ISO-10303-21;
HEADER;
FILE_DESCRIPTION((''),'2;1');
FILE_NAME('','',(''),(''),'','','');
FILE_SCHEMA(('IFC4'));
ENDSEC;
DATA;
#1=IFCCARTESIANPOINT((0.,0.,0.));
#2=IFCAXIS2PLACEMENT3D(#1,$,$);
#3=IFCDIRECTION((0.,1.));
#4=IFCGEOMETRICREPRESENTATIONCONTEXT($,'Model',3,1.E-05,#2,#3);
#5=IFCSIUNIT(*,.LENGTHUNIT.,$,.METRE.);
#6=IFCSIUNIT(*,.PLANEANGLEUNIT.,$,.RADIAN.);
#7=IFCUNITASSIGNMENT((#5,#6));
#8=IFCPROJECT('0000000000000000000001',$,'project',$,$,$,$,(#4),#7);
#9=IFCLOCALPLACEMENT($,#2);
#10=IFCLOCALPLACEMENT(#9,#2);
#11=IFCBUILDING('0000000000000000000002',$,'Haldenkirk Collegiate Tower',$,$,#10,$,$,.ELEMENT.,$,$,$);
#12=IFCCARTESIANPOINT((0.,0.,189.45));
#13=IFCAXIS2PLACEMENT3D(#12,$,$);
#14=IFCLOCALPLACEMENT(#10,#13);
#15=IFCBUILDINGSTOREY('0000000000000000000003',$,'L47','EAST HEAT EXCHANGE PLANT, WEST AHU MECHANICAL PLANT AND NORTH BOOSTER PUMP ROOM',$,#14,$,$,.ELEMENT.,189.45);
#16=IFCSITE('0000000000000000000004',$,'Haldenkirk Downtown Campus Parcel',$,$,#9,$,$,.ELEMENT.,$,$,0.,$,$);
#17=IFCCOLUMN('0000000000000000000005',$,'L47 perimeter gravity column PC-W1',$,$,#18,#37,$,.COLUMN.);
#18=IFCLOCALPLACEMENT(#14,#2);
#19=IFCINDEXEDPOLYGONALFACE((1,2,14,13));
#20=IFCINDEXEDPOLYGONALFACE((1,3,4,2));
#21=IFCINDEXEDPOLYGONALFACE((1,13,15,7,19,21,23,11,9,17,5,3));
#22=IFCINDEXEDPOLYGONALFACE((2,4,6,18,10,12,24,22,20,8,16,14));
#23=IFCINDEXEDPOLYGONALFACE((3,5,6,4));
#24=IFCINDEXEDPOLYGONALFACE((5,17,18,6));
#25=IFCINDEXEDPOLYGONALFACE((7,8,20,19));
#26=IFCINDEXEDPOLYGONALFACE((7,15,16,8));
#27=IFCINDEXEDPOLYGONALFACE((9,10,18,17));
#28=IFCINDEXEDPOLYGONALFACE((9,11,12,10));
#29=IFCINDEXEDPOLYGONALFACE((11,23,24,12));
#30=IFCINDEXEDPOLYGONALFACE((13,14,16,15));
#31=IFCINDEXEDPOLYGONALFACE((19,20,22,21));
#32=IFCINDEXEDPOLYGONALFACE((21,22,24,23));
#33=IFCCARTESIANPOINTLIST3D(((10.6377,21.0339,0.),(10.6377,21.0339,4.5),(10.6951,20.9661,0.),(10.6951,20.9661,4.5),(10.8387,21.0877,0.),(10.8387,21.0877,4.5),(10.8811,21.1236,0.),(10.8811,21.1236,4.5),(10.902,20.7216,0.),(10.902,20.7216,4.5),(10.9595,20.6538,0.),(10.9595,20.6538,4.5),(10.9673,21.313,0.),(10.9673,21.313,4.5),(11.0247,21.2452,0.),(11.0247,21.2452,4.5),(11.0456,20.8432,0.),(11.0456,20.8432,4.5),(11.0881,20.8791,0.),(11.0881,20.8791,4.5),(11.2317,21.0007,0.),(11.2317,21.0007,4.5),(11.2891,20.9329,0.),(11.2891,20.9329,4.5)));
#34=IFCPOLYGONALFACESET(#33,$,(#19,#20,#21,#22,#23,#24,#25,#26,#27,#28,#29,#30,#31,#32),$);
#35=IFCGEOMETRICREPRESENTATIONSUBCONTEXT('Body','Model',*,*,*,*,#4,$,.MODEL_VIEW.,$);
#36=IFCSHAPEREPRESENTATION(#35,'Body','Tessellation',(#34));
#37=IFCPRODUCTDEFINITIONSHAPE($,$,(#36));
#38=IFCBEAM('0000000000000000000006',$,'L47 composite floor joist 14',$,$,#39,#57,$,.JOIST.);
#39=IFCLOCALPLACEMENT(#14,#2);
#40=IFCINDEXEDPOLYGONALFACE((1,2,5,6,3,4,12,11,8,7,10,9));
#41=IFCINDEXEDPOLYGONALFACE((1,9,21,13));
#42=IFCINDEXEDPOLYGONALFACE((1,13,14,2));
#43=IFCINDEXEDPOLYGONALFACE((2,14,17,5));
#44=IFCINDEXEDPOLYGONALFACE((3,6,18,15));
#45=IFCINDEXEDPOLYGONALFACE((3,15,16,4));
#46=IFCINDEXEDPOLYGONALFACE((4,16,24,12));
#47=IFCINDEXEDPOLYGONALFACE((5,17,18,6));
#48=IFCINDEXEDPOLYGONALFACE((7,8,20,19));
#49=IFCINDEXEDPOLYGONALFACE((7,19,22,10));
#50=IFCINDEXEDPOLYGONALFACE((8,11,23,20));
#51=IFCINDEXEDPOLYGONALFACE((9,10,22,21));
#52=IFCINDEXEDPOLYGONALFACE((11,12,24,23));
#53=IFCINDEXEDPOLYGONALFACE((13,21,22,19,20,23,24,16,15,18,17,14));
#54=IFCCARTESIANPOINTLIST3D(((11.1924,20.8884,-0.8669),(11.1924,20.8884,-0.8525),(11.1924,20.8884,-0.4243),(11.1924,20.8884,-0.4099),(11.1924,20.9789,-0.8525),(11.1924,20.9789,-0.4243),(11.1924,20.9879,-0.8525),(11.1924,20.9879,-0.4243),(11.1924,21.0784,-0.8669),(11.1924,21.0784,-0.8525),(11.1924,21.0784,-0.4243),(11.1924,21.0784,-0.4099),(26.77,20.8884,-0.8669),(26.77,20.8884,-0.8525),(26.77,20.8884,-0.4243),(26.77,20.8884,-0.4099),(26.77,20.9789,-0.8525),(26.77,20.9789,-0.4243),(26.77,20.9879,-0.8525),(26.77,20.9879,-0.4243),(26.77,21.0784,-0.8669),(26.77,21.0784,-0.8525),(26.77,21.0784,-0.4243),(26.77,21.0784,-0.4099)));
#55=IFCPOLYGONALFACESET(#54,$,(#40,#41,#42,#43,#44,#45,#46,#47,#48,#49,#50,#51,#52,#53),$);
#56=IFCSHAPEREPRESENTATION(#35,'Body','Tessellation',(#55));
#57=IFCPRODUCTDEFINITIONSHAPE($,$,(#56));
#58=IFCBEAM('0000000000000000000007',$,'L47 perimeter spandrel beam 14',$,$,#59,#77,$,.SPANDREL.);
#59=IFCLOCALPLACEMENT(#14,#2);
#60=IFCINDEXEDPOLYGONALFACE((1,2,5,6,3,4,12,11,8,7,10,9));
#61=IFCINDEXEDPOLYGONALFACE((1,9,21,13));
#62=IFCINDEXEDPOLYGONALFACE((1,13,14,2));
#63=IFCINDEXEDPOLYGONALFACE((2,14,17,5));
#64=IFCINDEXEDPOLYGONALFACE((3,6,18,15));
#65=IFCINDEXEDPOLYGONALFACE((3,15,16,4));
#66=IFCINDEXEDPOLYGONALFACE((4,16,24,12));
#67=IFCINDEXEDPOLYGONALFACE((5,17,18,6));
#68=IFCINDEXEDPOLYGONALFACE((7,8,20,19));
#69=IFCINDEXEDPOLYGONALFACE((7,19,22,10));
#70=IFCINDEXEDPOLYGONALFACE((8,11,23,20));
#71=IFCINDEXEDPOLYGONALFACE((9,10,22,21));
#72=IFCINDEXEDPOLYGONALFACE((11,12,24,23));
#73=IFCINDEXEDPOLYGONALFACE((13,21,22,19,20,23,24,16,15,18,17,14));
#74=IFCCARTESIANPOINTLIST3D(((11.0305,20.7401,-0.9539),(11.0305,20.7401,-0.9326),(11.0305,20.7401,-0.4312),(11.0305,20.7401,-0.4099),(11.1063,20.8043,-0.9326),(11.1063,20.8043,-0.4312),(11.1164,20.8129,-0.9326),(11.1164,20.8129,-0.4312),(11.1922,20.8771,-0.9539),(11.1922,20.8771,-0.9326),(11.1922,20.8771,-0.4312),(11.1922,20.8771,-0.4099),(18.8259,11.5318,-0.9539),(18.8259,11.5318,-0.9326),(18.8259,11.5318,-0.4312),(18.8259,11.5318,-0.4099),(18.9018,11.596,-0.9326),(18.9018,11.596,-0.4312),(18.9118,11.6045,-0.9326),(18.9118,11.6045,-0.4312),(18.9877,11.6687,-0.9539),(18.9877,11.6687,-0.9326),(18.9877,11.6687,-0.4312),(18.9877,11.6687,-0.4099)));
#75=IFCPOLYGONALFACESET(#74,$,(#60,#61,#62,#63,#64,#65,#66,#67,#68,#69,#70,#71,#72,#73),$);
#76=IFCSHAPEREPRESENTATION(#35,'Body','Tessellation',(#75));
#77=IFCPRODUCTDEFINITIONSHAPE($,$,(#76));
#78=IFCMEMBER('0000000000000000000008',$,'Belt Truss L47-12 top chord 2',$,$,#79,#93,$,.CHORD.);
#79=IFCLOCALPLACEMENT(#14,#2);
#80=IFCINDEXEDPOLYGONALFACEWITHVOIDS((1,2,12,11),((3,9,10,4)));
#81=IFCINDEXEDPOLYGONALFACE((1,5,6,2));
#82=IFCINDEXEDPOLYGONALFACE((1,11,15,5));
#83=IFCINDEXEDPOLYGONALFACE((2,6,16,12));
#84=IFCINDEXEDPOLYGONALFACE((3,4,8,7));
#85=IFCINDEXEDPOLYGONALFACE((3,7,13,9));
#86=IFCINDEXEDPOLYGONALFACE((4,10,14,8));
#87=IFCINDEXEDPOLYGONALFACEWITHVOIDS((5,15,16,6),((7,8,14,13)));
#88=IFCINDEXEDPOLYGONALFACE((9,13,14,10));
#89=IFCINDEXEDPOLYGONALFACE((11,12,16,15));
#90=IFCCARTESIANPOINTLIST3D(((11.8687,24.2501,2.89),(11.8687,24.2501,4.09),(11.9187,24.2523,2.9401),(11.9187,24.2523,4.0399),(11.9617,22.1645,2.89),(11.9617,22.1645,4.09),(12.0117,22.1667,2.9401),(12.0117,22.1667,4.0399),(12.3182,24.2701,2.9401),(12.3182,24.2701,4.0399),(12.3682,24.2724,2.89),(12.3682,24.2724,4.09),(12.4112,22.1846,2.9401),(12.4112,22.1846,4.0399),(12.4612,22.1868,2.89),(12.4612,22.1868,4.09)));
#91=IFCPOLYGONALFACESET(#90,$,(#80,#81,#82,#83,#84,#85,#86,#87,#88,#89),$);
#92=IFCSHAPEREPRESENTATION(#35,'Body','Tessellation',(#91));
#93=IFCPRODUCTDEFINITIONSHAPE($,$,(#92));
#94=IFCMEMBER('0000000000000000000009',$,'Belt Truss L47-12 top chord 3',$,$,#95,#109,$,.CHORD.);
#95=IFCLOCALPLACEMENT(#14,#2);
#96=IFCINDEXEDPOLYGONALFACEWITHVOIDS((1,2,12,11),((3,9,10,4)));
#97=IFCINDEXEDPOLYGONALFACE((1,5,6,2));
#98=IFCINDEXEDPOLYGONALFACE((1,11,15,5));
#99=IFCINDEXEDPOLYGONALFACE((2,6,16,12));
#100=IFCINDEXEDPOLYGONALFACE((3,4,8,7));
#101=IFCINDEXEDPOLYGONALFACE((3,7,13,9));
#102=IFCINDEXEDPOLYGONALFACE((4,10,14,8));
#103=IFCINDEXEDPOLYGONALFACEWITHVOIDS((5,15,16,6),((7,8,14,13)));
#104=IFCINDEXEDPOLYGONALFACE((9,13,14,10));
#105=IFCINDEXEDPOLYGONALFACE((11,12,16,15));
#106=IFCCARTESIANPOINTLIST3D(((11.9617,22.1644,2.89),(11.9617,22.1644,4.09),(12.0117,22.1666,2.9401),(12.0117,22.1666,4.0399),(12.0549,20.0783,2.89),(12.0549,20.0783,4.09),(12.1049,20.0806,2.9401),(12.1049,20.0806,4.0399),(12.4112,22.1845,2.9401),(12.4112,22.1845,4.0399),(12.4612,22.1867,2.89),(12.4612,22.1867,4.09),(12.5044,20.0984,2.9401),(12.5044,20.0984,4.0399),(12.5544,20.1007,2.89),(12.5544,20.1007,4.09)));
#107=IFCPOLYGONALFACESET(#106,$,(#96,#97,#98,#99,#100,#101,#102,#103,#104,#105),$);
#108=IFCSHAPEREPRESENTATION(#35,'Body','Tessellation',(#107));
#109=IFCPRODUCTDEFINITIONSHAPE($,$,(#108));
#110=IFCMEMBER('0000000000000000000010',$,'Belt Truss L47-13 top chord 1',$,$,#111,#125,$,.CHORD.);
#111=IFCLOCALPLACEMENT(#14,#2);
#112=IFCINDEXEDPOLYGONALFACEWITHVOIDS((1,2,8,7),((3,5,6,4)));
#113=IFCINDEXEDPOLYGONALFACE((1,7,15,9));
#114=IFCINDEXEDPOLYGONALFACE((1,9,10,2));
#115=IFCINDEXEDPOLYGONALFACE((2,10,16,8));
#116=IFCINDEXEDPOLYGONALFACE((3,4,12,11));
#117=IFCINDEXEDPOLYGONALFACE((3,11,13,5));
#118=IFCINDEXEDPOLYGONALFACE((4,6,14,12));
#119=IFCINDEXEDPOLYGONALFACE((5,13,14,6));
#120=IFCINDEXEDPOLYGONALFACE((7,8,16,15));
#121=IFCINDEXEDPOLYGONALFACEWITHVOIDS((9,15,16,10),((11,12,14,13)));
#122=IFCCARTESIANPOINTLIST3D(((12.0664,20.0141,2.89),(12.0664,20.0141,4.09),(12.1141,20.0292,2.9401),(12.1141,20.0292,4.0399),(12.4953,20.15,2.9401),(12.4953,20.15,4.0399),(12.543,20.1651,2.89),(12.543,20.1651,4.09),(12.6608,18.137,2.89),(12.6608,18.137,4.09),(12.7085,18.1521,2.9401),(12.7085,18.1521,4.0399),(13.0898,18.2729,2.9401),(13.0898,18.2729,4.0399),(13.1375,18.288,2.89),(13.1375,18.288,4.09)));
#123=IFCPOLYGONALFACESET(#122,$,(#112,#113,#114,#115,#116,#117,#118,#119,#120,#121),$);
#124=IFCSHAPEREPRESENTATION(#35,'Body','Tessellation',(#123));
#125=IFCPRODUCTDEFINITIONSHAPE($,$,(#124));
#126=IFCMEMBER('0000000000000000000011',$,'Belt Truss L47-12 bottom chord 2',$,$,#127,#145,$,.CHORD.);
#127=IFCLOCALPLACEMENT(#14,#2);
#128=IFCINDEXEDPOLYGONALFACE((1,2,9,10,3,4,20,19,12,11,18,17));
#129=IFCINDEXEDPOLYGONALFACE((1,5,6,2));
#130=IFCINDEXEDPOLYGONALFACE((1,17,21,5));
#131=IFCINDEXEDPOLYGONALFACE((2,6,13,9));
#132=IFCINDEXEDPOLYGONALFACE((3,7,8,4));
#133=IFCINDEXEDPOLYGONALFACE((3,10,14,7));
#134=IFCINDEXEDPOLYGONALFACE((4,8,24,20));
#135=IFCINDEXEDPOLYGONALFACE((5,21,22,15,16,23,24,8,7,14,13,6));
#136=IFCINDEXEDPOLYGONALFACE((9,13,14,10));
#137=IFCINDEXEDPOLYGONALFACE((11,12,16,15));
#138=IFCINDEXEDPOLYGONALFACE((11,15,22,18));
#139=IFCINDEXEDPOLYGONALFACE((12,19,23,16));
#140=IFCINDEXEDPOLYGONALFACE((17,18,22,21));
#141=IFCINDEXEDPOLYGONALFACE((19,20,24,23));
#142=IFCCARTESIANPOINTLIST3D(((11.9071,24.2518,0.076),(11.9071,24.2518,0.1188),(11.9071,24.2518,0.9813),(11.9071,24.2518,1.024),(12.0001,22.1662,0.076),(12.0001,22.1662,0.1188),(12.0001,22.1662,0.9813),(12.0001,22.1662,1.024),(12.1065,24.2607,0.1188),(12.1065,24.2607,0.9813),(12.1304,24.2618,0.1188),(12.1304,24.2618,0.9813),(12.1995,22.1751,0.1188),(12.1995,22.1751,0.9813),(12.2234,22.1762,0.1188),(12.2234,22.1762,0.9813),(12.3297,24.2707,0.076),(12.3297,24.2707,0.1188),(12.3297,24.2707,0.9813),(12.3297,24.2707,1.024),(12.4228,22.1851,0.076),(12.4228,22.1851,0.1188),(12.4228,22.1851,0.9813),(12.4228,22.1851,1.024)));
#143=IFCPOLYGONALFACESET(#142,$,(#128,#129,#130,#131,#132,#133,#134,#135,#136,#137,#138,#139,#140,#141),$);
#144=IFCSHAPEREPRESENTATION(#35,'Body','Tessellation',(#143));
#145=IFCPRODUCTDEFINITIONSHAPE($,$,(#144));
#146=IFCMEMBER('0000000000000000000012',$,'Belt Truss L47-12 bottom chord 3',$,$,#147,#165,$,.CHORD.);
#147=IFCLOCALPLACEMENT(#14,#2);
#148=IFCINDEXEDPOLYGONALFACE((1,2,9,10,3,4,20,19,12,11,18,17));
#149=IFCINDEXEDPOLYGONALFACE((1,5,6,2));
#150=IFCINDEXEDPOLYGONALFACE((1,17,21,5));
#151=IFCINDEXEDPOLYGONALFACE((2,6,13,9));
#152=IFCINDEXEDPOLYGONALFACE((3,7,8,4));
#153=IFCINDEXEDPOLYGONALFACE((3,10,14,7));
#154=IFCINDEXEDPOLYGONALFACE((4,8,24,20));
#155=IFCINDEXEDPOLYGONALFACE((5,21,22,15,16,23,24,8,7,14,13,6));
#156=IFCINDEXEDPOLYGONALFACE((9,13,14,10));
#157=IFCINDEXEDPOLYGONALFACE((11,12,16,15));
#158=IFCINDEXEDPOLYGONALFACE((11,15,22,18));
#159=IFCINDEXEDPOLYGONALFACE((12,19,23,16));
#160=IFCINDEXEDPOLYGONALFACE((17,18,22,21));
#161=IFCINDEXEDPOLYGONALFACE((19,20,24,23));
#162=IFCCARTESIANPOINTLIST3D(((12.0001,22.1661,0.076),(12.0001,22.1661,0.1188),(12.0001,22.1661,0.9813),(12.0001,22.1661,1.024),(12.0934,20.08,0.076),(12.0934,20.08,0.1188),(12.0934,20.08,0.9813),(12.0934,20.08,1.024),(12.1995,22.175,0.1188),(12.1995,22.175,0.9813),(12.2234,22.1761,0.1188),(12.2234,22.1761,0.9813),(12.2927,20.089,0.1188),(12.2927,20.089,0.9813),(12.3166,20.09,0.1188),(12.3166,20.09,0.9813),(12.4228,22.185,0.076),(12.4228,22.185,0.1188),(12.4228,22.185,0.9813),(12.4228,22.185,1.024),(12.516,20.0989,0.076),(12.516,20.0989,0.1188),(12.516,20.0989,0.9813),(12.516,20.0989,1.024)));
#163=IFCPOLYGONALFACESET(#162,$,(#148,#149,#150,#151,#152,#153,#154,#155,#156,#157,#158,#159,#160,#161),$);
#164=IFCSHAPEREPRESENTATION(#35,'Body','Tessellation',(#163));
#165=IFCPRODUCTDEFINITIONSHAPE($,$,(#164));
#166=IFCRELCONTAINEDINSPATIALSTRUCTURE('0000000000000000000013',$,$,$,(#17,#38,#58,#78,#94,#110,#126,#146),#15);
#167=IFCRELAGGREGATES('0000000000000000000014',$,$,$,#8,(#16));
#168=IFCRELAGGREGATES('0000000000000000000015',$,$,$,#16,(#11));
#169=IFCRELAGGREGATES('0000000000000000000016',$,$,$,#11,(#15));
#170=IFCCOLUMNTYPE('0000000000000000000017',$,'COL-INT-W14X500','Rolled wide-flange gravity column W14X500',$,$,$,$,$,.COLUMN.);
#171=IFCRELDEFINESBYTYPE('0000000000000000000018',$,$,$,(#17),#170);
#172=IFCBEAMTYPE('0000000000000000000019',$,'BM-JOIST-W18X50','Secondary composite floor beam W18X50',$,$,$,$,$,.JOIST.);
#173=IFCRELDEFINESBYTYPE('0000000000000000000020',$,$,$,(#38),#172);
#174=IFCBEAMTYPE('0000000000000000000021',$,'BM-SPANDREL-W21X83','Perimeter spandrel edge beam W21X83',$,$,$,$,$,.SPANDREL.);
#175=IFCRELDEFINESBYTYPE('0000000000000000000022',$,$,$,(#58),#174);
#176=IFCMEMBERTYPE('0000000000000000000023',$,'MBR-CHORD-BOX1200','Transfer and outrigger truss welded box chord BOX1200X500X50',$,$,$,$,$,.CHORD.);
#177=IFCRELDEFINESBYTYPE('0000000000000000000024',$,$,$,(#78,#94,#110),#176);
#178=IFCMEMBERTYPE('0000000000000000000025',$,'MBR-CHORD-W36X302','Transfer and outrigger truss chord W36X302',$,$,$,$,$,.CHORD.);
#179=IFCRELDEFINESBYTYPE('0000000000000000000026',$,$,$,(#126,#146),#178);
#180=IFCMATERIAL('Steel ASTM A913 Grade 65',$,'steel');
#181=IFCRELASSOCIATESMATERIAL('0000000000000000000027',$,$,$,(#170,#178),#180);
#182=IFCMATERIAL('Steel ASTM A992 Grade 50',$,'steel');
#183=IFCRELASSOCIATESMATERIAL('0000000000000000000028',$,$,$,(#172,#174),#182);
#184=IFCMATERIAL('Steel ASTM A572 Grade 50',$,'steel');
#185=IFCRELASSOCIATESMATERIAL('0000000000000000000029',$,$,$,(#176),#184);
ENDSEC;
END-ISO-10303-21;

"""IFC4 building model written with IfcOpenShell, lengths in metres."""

from ifc_helpers import new_model, si_unit, direction, frame, origin, origin_2d, place, context, subcontext, project, spatial, hollow_rectangle, i_section, extrude, material, material_profile, profile_set, type_object, element, save


model = new_model("IFC4")

# Units and contexts
model_context = context("Model", 3, precision=1e-05, world=origin(), true_north=direction((0.0, 1.0)))
body_context = subcontext(model_context, "Body", "Model", "MODEL_VIEW")
ifc_project = project(units=[si_unit("LENGTHUNIT", "METRE"), si_unit("PLANEANGLEUNIT", "RADIAN")], contexts=[model_context])

# Site, building, storey
site_placement = place(None, origin())
site = spatial("IfcSite", under=ifc_project, at=site_placement, Name="Haldenkirk Downtown Campus Parcel", CompositionType="ELEMENT", RefElevation=0.0)
building_placement = place(site_placement, origin())
building = spatial("IfcBuilding", under=site, at=building_placement, Name="Haldenkirk Collegiate Tower", CompositionType="ELEMENT")
storey_placement = place(building_placement, frame((0.0, 0.0, 189.45)))
storey = spatial("IfcBuildingStorey", under=building, at=storey_placement, Name="L47", Description="EAST HEAT EXCHANGE PLANT, WEST AHU MECHANICAL PLANT AND NORTH BOOSTER PUMP ROOM", CompositionType="ELEMENT", Elevation=189.45)

# Column
ifc_material_1 = material(Name="Steel ASTM A913 Grade 65", Category="steel")
ifc_material_profile_1 = material_profile(ifc_material_1, i_section(OverallWidth=0.4319, OverallDepth=0.498, WebThickness=0.0557, FlangeThickness=0.0889, at=origin_2d()), Name="W14X500")
ifc_profile_set_1 = profile_set([ifc_material_profile_1], Name="Steel ASTM A913 Grade 65")
column_type = type_object("IfcColumnType", Name="COL-INT-W14X500", Description="Rolled wide-flange gravity column W14X500", PredefinedType="COLUMN", material=ifc_profile_set_1)
column_placement = place(storey_placement, frame((10.9634, 20.9834, 0.0), z_axis=(0.0, 0.0, 1.0), x_axis=(0.763232, 0.646124, 0.0)))
element("IfcColumn", 1, at=column_placement, inside=storey, type_object=column_type, Name="L47 perimeter gravity column PC-W1", PredefinedType="COLUMN", context=body_context, shape_type="SweptSolid", body=[
    extrude(i_section(OverallWidth=0.4319, OverallDepth=0.498, WebThickness=0.0557, FlangeThickness=0.0889, at=origin_2d()), origin(), (0.0, 0.0, 1.0), 4.5),
])

# Beams
ifc_material_2 = material(Name="Steel ASTM A992 Grade 50", Category="steel")
ifc_material_profile_2 = material_profile(ifc_material_2, i_section(OverallWidth=0.1899, OverallDepth=0.457, WebThickness=0.009, FlangeThickness=0.0144, at=origin_2d()), Name="W18X50")
ifc_profile_set_2 = profile_set([ifc_material_profile_2], Name="Steel ASTM A992 Grade 50")
beam_type_1 = type_object("IfcBeamType", Name="BM-JOIST-W18X50", Description="Secondary composite floor beam W18X50", PredefinedType="JOIST", material=ifc_profile_set_2)
beam_1_placement = place(storey_placement, frame((11.1924, 20.9834, -0.6384), z_axis=(1.0, 0.0, 0.0), x_axis=(0.0, 1.0, 0.0)))
element("IfcBeam", 2, at=beam_1_placement, inside=storey, type_object=beam_type_1, Name="L47 composite floor joist 14", PredefinedType="JOIST", context=body_context, shape_type="SweptSolid", body=[
    extrude(i_section(OverallWidth=0.1899, OverallDepth=0.457, WebThickness=0.009, FlangeThickness=0.0144, at=origin_2d()), origin(), (0.0, 0.0, 1.0), 15.5776),
])
ifc_material_profile_3 = material_profile(ifc_material_2, i_section(OverallWidth=0.2119, OverallDepth=0.5439, WebThickness=0.0132, FlangeThickness=0.0212, at=origin_2d()), Name="W21X83")
ifc_profile_set_3 = profile_set([ifc_material_profile_3], Name="Steel ASTM A992 Grade 50")
beam_type_2 = type_object("IfcBeamType", Name="BM-SPANDREL-W21X83", Description="Perimeter spandrel edge beam W21X83", PredefinedType="SPANDREL", material=ifc_profile_set_3)
beam_2_placement = place(storey_placement, frame((11.1113, 20.8086, -0.6819), z_axis=(0.646126, -0.76323, 0.0), x_axis=(0.76323, 0.646126, 0.0)))
element("IfcBeam", 3, at=beam_2_placement, inside=storey, type_object=beam_type_2, Name="L47 perimeter spandrel beam 14", PredefinedType="SPANDREL", context=body_context, shape_type="SweptSolid", body=[
    extrude(i_section(OverallWidth=0.2119, OverallDepth=0.5439, WebThickness=0.0132, FlangeThickness=0.0212, at=origin_2d()), origin(), (0.0, 0.0, 1.0), 12.0649),
])

# Members
ifc_material_3 = material(Name="Steel ASTM A572 Grade 50", Category="steel")
ifc_material_profile_4 = material_profile(ifc_material_3, hollow_rectangle(XDim=0.5, YDim=1.2, WallThickness=0.05, at=origin_2d()), Name="BOX1200X500X50")
ifc_profile_set_4 = profile_set([ifc_material_profile_4], Name="Steel ASTM A572 Grade 50")
member_type_1 = type_object("IfcMemberType", Name="MBR-CHORD-BOX1200", Description="Transfer and outrigger truss welded box chord BOX1200X500X50", PredefinedType="CHORD", material=ifc_profile_set_4)
member_1_placement = place(storey_placement, frame((12.1184, 24.2612, 3.49), z_axis=(0.044554, -0.999007, 0.0), x_axis=(0.999007, 0.044554, 0.0)))
element("IfcMember", 4, at=member_1_placement, inside=storey, type_object=member_type_1, Name="Belt Truss L47-12 top chord 2", PredefinedType="CHORD", context=body_context, shape_type="SweptSolid", body=[
    extrude(hollow_rectangle(XDim=0.5, YDim=1.2, WallThickness=0.05, at=origin_2d()), origin(), (0.0, 0.0, 1.0), 2.0876),
])
member_2_placement = place(storey_placement, frame((12.2114, 22.1755, 3.49), z_axis=(0.044665, -0.999002, 0.0), x_axis=(0.999002, 0.044665, 0.0)))
element("IfcMember", 5, at=member_2_placement, inside=storey, type_object=member_type_1, Name="Belt Truss L47-12 top chord 3", PredefinedType="CHORD", context=body_context, shape_type="SweptSolid", body=[
    extrude(hollow_rectangle(XDim=0.5, YDim=1.2, WallThickness=0.05, at=origin_2d()), origin(), (0.0, 0.0, 1.0), 2.0881),
])
member_3_placement = place(storey_placement, frame((12.3047, 20.0896, 3.49), z_axis=(0.301909, -0.953337, 0.0), x_axis=(0.953337, 0.301909, 0.0)))
element("IfcMember", 6, at=member_3_placement, inside=storey, type_object=member_type_1, Name="Belt Truss L47-13 top chord 1", PredefinedType="CHORD", context=body_context, shape_type="SweptSolid", body=[
    extrude(hollow_rectangle(XDim=0.5, YDim=1.2, WallThickness=0.05, at=origin_2d()), origin(), (0.0, 0.0, 1.0), 1.969),
])
ifc_material_profile_5 = material_profile(ifc_material_1, i_section(OverallWidth=0.4231, OverallDepth=0.948, WebThickness=0.0239, FlangeThickness=0.0427, at=origin_2d()), Name="W36X302")
ifc_profile_set_5 = profile_set([ifc_material_profile_5], Name="Steel ASTM A913 Grade 65")
member_type_2 = type_object("IfcMemberType", Name="MBR-CHORD-W36X302", Description="Transfer and outrigger truss chord W36X302", PredefinedType="CHORD", material=ifc_profile_set_5)
member_4_placement = place(storey_placement, frame((12.1184, 24.2612, 0.55), z_axis=(0.044554, -0.999007, 0.0), x_axis=(0.999007, 0.044554, 0.0)))
element("IfcMember", 7, at=member_4_placement, inside=storey, type_object=member_type_2, Name="Belt Truss L47-12 bottom chord 2", PredefinedType="CHORD", context=body_context, shape_type="SweptSolid", body=[
    extrude(i_section(OverallWidth=0.4231, OverallDepth=0.948, WebThickness=0.0239, FlangeThickness=0.0427, at=origin_2d()), origin(), (0.0, 0.0, 1.0), 2.0876),
])
member_5_placement = place(storey_placement, frame((12.2114, 22.1755, 0.55), z_axis=(0.044665, -0.999002, 0.0), x_axis=(0.999002, 0.044665, 0.0)))
element("IfcMember", 8, at=member_5_placement, inside=storey, type_object=member_type_2, Name="Belt Truss L47-12 bottom chord 3", PredefinedType="CHORD", context=body_context, shape_type="SweptSolid", body=[
    extrude(i_section(OverallWidth=0.4231, OverallDepth=0.948, WebThickness=0.0239, FlangeThickness=0.0427, at=origin_2d()), origin(), (0.0, 0.0, 1.0), 2.0881),
])

save(model, "model.ifc")
